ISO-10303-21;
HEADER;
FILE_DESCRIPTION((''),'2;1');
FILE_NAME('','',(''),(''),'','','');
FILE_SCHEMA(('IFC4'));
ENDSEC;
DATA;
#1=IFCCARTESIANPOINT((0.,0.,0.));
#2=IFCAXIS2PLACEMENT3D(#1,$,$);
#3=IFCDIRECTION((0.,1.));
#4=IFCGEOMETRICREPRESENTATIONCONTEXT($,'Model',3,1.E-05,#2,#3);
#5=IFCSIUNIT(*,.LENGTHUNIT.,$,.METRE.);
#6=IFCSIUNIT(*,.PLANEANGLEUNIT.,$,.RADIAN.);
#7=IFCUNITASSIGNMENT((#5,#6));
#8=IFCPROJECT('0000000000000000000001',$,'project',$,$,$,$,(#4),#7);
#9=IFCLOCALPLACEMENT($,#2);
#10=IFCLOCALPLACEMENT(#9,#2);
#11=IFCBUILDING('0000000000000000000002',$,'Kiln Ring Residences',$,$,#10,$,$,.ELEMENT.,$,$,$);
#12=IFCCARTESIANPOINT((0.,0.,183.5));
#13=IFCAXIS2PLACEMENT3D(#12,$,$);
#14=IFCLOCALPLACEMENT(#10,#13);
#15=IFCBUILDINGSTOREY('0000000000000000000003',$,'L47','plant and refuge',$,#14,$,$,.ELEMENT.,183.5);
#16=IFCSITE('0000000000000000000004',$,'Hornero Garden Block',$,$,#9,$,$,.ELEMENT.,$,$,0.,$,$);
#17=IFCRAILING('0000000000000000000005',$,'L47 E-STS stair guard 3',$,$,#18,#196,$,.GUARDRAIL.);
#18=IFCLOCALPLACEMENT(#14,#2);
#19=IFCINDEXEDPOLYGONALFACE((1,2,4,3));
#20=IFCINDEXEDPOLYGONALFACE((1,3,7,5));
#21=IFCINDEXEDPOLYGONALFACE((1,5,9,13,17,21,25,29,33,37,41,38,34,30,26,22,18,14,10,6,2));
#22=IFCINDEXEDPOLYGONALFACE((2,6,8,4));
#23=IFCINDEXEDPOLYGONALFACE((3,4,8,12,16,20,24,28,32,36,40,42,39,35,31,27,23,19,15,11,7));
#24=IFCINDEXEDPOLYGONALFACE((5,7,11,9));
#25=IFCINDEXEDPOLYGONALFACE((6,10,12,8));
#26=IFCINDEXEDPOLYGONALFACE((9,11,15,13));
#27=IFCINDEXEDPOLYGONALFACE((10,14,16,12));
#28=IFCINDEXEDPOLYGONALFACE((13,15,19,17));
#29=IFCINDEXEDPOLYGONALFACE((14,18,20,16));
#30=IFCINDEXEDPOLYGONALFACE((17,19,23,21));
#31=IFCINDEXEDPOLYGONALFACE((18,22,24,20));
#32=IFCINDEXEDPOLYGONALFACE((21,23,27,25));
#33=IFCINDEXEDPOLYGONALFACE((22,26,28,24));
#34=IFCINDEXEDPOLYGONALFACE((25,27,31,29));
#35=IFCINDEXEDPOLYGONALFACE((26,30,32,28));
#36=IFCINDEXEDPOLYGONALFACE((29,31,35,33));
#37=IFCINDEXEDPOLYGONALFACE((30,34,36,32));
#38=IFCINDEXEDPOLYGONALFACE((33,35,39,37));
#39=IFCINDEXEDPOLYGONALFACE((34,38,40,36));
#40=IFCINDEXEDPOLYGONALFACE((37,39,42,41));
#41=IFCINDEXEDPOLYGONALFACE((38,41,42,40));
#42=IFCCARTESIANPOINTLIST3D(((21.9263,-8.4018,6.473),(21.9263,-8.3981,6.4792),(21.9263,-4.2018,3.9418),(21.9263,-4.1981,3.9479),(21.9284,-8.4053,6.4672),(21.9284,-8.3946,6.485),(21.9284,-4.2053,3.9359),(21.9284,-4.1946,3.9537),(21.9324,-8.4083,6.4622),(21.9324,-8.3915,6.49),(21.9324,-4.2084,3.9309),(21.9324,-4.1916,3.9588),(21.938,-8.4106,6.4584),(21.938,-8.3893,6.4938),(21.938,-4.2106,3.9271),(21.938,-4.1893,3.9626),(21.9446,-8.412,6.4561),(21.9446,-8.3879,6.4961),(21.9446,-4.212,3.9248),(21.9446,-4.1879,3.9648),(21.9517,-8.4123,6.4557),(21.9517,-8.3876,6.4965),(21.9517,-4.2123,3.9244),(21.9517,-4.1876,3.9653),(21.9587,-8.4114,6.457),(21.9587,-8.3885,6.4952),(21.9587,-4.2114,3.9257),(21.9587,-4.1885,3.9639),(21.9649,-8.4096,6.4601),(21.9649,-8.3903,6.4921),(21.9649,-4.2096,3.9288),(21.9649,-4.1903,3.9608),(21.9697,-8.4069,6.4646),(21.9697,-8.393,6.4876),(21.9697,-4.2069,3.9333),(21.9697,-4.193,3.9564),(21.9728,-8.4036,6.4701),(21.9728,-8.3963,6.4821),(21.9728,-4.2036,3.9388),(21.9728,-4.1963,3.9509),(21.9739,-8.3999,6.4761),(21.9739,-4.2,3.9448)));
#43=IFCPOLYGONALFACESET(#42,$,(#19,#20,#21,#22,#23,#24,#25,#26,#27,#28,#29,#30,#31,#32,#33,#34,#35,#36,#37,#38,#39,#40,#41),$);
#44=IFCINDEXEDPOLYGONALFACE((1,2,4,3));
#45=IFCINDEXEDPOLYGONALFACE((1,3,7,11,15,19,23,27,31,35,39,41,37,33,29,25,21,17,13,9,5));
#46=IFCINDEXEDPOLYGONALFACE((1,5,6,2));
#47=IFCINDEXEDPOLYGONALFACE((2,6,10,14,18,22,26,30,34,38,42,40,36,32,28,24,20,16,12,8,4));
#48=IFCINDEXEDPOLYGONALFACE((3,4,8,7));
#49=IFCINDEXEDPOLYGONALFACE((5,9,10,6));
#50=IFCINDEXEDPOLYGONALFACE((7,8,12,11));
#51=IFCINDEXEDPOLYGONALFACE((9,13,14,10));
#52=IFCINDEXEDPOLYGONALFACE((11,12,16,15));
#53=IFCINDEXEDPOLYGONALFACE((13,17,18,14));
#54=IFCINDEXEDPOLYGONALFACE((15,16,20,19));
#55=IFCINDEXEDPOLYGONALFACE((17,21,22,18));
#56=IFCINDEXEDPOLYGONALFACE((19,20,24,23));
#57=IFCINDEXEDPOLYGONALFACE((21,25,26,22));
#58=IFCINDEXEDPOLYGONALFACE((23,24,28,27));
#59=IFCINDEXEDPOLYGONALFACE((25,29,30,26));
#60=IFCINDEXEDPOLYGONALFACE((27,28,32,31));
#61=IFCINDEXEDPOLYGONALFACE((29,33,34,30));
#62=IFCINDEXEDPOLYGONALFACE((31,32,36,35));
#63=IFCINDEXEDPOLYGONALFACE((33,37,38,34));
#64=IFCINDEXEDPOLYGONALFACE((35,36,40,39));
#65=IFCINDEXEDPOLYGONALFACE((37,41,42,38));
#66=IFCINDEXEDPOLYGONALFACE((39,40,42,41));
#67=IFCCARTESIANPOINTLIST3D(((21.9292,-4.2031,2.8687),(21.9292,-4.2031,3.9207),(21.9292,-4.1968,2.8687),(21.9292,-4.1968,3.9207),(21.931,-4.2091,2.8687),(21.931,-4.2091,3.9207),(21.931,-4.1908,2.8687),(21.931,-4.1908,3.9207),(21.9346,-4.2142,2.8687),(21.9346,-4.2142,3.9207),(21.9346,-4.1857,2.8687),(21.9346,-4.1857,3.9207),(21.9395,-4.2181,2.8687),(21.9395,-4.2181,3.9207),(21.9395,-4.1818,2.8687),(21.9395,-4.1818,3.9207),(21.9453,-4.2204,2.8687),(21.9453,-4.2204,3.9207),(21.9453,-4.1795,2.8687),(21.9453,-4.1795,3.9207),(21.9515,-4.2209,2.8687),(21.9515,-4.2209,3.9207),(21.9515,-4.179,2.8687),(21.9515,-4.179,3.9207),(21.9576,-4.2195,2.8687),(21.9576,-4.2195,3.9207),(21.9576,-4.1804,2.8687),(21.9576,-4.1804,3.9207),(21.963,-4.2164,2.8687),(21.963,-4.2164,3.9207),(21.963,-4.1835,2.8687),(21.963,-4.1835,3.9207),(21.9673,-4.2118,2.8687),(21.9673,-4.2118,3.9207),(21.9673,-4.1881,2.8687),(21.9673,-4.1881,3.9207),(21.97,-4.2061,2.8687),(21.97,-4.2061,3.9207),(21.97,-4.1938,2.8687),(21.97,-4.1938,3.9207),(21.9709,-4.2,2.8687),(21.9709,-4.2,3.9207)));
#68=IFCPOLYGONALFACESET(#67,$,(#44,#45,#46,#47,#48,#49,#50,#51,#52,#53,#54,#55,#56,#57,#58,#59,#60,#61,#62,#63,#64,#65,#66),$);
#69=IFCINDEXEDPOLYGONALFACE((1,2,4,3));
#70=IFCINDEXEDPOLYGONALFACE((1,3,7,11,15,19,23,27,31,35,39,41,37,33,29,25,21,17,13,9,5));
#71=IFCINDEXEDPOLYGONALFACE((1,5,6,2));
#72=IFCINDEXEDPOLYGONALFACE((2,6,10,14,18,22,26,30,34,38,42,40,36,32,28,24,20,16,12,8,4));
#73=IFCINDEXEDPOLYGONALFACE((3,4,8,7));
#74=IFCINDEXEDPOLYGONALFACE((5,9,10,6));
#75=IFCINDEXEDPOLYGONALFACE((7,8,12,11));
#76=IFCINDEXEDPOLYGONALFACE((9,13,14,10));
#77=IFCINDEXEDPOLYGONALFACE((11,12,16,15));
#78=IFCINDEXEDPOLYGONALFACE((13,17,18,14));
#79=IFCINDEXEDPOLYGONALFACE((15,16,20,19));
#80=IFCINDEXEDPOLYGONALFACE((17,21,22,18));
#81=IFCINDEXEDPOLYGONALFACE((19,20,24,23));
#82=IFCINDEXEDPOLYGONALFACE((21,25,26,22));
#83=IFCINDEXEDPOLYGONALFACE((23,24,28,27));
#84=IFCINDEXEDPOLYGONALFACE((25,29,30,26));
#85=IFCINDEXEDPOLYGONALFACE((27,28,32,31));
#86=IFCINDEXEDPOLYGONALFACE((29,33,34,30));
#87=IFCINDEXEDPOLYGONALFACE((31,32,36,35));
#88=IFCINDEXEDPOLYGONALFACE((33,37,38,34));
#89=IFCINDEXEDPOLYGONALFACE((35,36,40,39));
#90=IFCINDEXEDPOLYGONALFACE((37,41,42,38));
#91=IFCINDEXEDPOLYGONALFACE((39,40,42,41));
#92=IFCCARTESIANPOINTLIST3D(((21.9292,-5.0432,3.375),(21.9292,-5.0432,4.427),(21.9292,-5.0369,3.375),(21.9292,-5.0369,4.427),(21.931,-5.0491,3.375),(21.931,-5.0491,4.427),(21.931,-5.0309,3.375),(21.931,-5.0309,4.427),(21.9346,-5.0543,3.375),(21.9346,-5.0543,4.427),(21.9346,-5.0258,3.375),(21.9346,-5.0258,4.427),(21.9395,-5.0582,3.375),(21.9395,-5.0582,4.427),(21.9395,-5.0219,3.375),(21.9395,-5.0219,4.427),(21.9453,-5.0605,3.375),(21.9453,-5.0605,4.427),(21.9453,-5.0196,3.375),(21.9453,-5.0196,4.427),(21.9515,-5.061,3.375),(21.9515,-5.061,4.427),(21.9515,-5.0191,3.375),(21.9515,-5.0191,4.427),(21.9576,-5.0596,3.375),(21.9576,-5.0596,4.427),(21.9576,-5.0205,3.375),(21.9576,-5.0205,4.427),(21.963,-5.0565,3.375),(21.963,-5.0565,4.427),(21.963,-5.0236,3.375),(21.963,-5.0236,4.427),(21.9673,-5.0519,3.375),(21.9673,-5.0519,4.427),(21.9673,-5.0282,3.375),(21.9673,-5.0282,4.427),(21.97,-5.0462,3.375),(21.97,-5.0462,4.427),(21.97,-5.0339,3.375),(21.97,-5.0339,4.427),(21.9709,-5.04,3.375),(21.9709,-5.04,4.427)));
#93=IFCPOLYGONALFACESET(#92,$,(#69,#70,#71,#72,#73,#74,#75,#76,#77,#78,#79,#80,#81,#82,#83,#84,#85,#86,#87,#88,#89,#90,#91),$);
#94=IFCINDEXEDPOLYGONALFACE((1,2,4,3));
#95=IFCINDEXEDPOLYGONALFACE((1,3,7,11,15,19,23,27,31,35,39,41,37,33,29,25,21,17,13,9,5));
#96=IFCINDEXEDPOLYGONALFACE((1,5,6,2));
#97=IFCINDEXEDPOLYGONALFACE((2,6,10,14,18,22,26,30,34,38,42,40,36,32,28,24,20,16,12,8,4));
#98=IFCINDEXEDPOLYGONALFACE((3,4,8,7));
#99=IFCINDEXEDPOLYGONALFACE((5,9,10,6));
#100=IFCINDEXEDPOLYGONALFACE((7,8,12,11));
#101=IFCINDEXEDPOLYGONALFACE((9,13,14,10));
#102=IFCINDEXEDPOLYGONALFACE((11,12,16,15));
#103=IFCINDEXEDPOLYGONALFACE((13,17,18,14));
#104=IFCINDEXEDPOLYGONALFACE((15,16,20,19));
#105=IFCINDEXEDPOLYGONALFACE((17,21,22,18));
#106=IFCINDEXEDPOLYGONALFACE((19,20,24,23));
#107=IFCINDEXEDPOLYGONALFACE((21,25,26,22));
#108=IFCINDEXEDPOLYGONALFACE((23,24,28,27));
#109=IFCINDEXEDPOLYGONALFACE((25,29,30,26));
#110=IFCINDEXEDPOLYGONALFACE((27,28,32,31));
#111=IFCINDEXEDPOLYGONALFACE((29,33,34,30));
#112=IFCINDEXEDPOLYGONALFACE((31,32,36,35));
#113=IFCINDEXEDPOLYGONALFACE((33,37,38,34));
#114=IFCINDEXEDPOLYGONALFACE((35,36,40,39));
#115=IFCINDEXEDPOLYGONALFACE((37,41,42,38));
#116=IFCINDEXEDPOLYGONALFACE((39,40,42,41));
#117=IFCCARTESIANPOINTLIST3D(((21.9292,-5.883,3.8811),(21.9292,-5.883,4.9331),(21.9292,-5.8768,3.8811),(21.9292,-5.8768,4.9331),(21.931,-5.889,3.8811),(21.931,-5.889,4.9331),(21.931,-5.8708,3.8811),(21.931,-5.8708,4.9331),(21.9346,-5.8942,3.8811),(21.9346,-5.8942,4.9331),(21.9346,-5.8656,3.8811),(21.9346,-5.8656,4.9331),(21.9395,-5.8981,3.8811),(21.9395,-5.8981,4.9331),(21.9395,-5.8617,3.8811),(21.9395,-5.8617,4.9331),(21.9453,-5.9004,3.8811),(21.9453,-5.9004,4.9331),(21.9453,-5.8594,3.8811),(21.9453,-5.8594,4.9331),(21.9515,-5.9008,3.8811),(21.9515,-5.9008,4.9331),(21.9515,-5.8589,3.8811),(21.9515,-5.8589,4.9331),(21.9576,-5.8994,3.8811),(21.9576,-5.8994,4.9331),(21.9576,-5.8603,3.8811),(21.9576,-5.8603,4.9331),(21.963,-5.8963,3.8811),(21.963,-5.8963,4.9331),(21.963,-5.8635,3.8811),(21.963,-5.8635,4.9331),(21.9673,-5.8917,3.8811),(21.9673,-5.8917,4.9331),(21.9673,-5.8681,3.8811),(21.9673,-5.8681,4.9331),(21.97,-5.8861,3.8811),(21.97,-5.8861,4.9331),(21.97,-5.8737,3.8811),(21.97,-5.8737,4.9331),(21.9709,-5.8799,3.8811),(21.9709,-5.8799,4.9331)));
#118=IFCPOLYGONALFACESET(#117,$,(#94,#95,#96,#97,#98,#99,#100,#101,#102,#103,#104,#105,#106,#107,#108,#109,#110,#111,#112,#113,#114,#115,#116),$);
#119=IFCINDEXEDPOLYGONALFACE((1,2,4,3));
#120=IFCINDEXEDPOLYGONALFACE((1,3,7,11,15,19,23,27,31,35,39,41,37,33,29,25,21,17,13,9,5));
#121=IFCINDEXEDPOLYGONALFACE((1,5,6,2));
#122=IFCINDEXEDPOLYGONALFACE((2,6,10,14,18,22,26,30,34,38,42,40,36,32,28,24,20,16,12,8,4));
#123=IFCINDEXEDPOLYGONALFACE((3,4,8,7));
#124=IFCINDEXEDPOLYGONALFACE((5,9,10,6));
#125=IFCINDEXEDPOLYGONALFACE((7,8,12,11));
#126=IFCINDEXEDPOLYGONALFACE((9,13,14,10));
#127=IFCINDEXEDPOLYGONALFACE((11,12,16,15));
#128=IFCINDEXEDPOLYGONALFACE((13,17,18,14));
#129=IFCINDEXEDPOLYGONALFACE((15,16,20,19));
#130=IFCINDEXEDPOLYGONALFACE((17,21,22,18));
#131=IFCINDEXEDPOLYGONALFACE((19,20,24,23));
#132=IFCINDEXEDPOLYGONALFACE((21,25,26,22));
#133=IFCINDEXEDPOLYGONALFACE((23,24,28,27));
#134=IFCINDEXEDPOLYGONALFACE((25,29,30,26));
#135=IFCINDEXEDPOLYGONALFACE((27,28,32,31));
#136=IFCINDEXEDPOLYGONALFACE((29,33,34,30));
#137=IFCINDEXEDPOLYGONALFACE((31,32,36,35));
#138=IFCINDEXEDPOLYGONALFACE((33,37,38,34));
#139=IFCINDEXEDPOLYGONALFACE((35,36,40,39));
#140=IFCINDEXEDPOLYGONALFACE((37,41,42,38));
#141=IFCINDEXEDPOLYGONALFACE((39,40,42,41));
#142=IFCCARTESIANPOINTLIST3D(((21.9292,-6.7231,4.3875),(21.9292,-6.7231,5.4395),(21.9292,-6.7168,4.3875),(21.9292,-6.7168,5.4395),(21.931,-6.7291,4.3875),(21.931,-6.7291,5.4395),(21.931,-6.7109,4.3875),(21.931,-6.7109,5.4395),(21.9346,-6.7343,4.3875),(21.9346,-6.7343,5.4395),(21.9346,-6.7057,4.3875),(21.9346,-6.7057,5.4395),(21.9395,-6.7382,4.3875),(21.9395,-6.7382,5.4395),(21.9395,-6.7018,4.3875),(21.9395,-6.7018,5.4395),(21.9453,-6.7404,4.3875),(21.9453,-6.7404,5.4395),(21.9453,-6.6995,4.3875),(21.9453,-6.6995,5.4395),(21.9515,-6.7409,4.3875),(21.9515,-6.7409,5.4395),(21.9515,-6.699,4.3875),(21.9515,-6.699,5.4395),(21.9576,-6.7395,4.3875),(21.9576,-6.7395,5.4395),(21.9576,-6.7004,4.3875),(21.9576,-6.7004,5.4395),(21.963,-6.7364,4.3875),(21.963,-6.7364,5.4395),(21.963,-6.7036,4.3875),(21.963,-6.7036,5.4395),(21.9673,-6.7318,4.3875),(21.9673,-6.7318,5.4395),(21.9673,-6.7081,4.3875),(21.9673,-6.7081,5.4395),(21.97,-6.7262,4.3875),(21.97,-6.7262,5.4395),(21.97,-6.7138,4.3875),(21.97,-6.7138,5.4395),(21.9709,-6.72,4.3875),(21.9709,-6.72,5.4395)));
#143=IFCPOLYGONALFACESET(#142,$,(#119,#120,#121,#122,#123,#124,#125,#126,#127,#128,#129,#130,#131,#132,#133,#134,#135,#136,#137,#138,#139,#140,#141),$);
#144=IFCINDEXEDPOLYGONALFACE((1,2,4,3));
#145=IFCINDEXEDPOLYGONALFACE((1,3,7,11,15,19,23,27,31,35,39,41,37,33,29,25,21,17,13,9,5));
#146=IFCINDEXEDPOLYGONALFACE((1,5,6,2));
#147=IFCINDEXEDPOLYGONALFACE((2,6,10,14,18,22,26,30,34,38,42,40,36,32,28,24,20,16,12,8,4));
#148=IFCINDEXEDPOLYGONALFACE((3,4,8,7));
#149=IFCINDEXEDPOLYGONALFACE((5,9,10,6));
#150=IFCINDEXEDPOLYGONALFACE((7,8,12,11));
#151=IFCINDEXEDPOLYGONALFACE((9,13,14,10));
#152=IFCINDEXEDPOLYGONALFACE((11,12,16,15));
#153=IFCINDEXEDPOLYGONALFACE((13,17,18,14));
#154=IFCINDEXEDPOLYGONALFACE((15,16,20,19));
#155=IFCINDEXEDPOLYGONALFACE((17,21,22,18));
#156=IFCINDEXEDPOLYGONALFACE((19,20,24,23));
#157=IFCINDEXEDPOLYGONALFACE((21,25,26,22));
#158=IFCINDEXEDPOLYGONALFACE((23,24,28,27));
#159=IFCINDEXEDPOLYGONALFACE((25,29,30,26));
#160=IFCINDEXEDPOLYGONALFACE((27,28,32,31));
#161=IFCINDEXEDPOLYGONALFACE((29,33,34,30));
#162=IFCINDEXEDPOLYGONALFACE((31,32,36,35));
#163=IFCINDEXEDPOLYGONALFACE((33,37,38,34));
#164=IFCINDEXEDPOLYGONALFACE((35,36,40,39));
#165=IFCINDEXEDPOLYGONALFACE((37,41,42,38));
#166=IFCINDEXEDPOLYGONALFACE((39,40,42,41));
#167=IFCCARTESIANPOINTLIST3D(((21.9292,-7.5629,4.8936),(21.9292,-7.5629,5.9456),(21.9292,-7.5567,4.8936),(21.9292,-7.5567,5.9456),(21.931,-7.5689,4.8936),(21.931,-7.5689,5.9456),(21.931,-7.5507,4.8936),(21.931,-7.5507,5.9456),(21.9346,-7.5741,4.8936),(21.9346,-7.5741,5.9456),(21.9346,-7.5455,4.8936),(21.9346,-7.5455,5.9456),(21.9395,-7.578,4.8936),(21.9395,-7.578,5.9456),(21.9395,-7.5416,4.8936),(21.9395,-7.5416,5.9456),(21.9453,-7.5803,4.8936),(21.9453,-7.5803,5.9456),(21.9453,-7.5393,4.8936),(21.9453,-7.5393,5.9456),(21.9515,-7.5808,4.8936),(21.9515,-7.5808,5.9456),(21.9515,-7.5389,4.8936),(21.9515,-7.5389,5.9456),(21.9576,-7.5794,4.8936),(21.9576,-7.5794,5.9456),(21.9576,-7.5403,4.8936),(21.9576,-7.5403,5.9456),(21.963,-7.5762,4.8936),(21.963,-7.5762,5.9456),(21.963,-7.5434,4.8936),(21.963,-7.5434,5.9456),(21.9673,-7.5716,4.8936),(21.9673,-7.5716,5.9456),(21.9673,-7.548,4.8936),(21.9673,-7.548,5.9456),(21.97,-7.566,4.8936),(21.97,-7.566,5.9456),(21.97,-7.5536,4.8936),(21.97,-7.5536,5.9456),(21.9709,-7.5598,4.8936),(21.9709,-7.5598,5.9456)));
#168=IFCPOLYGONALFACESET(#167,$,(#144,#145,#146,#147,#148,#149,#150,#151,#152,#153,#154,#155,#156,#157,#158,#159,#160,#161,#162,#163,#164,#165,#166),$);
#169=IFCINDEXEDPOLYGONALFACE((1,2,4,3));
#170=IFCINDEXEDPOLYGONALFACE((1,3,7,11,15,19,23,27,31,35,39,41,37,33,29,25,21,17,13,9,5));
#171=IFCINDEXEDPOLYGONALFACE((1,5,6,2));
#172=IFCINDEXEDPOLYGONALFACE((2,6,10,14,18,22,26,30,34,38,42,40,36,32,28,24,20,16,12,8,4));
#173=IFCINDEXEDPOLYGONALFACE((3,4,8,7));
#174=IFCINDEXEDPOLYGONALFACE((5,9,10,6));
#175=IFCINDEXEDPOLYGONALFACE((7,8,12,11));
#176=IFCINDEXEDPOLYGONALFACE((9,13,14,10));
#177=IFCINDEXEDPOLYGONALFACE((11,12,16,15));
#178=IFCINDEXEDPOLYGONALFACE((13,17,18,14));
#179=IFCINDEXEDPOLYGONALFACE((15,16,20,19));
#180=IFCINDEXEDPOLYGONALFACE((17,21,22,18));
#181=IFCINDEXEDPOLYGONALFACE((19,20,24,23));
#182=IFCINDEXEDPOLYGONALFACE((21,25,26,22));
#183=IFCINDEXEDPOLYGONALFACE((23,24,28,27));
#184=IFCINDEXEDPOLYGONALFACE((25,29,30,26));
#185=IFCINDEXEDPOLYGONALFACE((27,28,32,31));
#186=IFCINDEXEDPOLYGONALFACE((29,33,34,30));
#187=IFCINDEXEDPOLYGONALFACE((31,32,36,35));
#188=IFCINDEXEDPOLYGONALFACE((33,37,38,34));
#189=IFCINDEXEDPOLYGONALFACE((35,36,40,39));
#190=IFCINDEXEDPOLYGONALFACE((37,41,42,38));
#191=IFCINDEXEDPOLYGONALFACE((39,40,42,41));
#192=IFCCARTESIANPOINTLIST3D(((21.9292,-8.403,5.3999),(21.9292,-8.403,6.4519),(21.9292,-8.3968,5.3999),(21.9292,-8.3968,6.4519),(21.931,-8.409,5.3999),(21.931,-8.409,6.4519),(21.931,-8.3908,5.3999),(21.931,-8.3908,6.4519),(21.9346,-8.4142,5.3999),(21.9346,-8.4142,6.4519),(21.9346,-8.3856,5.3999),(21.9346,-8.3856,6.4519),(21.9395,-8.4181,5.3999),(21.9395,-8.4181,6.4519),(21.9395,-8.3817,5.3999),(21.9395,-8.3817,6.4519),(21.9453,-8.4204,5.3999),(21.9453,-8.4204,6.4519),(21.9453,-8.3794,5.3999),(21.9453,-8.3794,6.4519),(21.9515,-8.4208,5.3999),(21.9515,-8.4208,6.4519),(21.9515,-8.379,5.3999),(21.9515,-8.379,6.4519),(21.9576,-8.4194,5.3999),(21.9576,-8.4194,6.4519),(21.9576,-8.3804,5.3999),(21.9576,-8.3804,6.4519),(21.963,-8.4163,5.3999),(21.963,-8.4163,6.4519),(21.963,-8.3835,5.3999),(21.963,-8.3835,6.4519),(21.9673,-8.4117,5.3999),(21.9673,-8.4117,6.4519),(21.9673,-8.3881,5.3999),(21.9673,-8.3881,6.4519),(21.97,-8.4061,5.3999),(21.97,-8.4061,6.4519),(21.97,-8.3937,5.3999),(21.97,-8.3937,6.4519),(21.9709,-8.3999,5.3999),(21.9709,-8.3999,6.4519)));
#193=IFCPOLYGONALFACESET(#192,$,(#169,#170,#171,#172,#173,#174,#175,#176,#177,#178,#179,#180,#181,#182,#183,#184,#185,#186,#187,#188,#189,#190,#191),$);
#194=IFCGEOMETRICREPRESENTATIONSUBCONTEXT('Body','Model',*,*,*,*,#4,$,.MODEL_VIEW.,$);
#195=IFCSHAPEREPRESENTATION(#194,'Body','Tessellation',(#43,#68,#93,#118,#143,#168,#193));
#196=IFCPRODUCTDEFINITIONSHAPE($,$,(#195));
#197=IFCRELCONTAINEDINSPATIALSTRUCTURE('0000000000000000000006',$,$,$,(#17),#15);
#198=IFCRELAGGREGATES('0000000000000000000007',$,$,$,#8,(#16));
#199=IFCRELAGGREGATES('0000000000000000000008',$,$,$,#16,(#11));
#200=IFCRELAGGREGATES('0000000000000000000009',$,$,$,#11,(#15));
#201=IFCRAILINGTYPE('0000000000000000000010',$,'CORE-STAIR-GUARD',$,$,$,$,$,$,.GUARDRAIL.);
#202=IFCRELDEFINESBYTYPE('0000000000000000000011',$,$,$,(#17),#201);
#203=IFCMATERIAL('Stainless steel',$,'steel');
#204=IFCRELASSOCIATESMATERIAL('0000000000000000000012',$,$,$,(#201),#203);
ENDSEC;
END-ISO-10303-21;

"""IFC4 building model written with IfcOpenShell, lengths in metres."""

from ifc_helpers import new_model, si_unit, direction, frame, origin, origin_2d, place, context, subcontext, project, spatial, circle, extrude, material, type_object, element, save


model = new_model("IFC4")

# Units and contexts
model_context = context("Model", 3, precision=1e-05, world=origin(), true_north=direction((0.0, 1.0)))
body_context = subcontext(model_context, "Body", "Model", "MODEL_VIEW")
ifc_project = project(units=[si_unit("LENGTHUNIT", "METRE"), si_unit("PLANEANGLEUNIT", "RADIAN")], contexts=[model_context])

# Site, building, storey
site_placement = place(None, origin())
site = spatial("IfcSite", under=ifc_project, at=site_placement, Name="Hornero Garden Block", CompositionType="ELEMENT", RefElevation=0.0)
building_placement = place(site_placement, origin())
building = spatial("IfcBuilding", under=site, at=building_placement, Name="Kiln Ring Residences", CompositionType="ELEMENT")
storey_placement = place(building_placement, frame((0.0, 0.0, 183.5)))
storey = spatial("IfcBuildingStorey", under=building, at=storey_placement, Name="L47", Description="plant and refuge", CompositionType="ELEMENT", Elevation=183.5)

# Railing
ifc_material_1 = material(Name="Stainless steel", Category="steel")
railing_type_1 = type_object("IfcRailingType", Name="CORE-STAIR-GUARD", PredefinedType="GUARDRAIL", material=ifc_material_1)
railing_1_placement = place(storey_placement, frame((21.95, -4.2, 2.8687)))
element("IfcRailing", 1, at=railing_1_placement, inside=storey, type_object=railing_type_1, Name="L47 E-STS stair guard 3", PredefinedType="GUARDRAIL", context=body_context, shape_type="SweptSolid", body=[
    extrude(circle(Radius=0.0239, at=origin_2d()), frame((0.0, 0.0, 1.0762), z_axis=(0.0, -0.856476, 0.516186), x_axis=(1.0, 0.0, 0.0)), (0.0, 0.0, 1.0), 4.9038),
    extrude(circle(Radius=0.021, at=origin_2d()), origin(), (0.0, 0.0, 1.0), 1.052),
    extrude(circle(Radius=0.021, at=origin_2d()), frame((0.0, -0.8401, 0.5063)), (0.0, 0.0, 1.0), 1.052),
    extrude(circle(Radius=0.021, at=origin_2d()), frame((0.0, -1.6799, 1.0125)), (0.0, 0.0, 1.0), 1.052),
    extrude(circle(Radius=0.021, at=origin_2d()), frame((0.0, -2.52, 1.5188)), (0.0, 0.0, 1.0), 1.052),
    extrude(circle(Radius=0.021, at=origin_2d()), frame((0.0, -3.3599, 2.0249)), (0.0, 0.0, 1.0), 1.052),
    extrude(circle(Radius=0.021, at=origin_2d()), frame((0.0, -4.2, 2.5312)), (0.0, 0.0, 1.0), 1.052),
])

save(model, "model.ifc")
